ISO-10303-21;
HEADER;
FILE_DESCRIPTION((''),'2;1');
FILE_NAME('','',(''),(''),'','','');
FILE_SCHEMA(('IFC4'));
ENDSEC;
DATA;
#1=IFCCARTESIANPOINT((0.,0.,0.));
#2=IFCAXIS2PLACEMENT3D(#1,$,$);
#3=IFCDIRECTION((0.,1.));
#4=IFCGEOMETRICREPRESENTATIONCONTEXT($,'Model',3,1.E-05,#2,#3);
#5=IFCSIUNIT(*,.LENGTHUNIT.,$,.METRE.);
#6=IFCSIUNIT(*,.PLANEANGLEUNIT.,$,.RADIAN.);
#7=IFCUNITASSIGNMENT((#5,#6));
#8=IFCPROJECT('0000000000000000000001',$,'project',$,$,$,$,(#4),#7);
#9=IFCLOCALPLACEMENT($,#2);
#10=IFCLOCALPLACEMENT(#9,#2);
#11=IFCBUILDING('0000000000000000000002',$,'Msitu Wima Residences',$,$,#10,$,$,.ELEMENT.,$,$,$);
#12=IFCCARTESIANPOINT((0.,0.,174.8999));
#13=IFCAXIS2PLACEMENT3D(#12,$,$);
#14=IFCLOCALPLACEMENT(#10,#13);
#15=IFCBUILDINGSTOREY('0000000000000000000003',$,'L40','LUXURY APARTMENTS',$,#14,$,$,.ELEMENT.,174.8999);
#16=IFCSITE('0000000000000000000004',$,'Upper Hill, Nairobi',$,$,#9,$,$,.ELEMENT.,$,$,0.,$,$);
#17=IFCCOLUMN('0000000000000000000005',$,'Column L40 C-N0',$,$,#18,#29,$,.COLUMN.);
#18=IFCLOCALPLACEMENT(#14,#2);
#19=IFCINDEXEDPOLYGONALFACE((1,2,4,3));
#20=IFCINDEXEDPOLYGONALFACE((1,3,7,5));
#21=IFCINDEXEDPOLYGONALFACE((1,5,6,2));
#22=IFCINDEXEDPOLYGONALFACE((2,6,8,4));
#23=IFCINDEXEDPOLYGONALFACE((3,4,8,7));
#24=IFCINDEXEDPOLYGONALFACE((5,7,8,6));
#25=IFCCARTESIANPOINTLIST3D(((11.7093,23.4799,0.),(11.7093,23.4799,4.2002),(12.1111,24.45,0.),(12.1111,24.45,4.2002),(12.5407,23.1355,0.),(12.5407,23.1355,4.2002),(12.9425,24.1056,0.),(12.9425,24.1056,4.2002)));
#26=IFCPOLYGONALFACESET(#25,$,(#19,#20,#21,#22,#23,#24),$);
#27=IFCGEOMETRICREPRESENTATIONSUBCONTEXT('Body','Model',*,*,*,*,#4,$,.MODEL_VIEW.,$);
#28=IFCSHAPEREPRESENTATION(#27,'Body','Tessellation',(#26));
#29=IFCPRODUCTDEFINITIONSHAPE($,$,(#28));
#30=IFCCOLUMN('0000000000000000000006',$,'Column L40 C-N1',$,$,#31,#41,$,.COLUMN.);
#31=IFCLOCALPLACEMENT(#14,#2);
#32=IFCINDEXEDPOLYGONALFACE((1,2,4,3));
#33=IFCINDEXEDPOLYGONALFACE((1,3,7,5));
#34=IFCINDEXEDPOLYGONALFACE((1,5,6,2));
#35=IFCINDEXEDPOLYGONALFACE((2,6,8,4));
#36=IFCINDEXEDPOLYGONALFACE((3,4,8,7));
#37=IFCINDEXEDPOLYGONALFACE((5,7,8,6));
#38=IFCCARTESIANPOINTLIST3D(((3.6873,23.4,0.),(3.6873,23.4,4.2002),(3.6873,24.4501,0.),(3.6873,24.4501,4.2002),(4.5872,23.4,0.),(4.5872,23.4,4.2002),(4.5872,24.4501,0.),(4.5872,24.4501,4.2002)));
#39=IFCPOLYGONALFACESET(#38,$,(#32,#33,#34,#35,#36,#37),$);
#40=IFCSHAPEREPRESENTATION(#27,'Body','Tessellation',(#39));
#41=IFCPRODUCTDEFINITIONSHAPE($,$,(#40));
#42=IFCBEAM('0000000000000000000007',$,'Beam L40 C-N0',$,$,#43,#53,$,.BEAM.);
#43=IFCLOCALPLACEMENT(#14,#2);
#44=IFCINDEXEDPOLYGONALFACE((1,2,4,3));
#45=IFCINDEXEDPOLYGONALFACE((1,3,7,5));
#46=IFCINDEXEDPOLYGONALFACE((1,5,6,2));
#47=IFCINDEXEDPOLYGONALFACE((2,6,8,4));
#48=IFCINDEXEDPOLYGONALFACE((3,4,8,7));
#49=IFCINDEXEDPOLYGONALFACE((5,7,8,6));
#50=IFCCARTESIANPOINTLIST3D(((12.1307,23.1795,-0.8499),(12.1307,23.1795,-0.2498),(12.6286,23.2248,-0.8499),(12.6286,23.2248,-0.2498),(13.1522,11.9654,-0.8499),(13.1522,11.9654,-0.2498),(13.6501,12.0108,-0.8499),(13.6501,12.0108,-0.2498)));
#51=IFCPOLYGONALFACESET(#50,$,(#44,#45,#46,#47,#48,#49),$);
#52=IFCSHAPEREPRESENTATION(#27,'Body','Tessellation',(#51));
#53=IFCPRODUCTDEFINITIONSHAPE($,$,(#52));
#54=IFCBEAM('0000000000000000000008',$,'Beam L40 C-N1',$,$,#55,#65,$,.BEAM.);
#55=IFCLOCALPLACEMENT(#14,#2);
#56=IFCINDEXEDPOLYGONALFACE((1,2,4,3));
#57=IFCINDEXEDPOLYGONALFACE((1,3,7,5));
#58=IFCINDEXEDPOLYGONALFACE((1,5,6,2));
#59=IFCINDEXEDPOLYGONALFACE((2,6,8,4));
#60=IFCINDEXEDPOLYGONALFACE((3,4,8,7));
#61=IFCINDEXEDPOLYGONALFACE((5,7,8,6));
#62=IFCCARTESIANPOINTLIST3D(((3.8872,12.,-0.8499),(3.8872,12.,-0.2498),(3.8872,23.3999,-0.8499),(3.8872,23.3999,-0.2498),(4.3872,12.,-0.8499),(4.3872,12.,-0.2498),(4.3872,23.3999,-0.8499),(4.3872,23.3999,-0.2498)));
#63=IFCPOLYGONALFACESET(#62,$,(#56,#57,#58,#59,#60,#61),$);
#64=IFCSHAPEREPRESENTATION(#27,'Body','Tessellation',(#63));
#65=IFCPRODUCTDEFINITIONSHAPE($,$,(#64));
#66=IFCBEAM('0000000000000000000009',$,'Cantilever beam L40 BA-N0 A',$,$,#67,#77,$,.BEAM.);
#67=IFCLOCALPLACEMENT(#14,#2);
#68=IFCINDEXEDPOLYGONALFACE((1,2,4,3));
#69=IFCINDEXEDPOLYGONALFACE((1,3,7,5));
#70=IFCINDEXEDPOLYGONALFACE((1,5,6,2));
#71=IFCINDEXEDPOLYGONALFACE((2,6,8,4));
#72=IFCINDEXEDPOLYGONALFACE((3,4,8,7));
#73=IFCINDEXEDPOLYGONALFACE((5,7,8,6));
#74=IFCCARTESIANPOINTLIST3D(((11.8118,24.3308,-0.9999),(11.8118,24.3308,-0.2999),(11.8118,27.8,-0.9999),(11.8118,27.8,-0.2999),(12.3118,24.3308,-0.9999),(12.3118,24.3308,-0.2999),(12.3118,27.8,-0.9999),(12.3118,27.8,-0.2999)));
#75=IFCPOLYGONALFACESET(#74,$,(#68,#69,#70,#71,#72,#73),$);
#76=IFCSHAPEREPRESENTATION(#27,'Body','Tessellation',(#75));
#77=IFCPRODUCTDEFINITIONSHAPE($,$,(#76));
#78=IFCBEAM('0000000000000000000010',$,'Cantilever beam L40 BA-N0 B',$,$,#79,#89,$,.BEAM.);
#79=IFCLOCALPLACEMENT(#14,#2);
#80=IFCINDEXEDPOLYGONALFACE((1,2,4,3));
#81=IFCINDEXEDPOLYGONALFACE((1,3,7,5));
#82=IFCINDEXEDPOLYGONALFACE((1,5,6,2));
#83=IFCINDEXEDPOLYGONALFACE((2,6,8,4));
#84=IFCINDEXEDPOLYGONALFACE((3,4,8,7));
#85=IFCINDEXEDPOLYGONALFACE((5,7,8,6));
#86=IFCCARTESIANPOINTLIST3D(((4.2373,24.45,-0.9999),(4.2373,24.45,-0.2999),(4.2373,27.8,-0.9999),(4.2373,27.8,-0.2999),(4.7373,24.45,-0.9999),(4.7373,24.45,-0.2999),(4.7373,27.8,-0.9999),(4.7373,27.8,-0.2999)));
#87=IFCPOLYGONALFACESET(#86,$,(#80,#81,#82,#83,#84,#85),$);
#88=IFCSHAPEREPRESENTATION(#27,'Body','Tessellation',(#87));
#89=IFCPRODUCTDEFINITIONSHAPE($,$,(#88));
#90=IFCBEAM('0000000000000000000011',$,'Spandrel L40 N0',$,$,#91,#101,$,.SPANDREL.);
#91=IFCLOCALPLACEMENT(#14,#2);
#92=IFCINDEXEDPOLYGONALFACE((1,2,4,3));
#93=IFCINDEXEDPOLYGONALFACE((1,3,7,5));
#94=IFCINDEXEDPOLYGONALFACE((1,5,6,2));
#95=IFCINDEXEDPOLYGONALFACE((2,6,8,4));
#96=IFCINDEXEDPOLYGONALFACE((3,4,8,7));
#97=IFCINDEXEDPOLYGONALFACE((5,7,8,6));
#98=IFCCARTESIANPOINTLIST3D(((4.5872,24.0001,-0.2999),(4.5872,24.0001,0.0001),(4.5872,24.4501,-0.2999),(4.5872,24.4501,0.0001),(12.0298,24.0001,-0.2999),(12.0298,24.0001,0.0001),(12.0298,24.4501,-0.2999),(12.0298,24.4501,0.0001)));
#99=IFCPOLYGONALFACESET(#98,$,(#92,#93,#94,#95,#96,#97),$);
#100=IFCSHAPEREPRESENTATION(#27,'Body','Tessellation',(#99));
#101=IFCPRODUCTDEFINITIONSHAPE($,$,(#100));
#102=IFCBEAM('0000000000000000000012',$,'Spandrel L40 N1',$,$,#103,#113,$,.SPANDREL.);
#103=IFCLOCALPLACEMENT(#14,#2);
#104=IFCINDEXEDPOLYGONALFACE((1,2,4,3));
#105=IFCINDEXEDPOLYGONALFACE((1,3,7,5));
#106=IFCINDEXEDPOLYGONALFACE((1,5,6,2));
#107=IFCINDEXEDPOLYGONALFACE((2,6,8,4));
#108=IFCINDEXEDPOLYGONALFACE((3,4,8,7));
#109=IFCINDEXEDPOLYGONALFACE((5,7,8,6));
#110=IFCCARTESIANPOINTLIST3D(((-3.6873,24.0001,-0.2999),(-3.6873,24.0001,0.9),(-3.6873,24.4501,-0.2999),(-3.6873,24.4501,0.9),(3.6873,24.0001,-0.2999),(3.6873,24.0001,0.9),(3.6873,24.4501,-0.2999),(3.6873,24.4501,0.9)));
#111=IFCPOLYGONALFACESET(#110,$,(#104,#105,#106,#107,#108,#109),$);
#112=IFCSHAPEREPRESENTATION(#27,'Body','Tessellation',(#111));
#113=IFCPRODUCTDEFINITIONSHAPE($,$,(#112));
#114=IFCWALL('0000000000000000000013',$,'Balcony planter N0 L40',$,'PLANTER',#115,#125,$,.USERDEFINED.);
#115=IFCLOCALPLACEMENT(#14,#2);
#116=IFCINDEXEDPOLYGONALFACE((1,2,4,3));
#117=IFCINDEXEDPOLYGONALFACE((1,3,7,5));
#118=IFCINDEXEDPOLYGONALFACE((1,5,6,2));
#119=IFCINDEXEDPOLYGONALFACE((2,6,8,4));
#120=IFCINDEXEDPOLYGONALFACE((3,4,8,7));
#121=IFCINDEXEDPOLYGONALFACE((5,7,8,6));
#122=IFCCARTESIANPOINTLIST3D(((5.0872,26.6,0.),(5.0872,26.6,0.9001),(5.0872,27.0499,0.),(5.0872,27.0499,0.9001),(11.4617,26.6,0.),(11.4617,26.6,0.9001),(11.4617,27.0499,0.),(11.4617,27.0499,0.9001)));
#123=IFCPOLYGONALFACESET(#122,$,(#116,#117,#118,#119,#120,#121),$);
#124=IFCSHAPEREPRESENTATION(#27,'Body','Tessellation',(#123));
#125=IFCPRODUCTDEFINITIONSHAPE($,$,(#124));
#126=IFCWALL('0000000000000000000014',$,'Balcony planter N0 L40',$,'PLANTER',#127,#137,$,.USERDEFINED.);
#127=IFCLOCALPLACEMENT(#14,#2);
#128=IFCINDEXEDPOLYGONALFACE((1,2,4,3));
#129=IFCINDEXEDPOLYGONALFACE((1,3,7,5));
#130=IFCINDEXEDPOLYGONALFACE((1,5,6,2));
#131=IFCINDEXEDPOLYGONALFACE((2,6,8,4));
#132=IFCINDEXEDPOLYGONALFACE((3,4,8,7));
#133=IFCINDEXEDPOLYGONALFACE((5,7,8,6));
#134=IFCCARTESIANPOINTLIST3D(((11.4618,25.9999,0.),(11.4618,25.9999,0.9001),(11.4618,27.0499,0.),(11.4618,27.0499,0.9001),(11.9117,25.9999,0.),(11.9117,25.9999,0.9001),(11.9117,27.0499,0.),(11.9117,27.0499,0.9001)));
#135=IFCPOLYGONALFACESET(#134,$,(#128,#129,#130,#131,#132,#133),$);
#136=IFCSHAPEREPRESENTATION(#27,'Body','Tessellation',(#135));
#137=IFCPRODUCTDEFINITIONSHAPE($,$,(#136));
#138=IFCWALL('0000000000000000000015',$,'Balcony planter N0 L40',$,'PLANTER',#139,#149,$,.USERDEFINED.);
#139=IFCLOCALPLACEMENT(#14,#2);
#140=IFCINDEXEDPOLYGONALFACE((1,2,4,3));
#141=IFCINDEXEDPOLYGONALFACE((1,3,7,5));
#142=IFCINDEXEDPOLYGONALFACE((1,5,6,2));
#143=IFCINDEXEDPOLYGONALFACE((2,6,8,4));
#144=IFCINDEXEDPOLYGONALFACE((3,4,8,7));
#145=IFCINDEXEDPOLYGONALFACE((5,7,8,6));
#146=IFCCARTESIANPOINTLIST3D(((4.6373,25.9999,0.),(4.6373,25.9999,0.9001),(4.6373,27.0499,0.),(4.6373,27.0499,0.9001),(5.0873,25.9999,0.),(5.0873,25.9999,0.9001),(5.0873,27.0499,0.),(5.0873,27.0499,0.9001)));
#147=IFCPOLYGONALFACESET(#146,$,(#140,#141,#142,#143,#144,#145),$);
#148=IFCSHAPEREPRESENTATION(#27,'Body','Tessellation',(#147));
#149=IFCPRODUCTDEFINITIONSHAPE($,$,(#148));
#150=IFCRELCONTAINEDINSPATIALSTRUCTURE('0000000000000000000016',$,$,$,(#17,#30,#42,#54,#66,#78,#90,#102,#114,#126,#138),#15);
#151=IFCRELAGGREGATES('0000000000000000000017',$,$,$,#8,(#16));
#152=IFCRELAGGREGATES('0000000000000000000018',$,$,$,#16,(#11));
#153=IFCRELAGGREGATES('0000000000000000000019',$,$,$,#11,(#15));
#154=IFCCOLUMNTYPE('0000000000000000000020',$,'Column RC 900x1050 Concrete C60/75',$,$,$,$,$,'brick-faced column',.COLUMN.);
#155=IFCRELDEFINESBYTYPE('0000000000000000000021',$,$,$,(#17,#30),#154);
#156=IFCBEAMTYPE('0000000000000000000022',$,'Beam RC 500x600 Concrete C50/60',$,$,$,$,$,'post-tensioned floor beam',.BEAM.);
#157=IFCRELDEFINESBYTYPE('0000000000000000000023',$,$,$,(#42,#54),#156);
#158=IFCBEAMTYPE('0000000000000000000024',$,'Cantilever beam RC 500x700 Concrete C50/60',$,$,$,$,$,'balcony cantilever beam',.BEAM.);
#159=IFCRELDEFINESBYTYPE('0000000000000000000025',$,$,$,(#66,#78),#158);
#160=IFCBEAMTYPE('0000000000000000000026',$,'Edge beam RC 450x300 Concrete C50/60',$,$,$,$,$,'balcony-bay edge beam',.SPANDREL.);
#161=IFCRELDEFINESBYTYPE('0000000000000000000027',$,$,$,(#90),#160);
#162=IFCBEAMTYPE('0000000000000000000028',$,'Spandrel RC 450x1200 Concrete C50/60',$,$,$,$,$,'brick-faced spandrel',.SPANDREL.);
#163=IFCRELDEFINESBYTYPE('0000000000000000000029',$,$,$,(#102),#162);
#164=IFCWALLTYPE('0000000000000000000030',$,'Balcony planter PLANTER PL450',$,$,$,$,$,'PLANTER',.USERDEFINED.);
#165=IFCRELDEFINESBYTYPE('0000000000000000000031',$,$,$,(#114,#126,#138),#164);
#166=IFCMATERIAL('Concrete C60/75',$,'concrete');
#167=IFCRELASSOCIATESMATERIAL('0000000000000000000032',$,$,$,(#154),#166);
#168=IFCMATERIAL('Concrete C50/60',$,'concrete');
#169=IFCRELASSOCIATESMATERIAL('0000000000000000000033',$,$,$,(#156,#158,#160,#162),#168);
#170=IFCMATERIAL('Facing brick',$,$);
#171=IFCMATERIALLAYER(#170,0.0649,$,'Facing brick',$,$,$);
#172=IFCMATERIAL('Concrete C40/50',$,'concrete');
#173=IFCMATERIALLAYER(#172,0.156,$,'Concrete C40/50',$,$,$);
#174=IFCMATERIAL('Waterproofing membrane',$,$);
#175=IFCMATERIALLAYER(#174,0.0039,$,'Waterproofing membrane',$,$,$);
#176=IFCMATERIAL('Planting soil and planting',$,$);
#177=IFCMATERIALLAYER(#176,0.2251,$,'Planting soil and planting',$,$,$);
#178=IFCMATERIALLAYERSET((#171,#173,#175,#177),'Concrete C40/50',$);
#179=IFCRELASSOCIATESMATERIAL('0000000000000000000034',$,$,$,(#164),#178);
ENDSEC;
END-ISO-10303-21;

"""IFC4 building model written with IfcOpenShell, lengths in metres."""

from ifc_helpers import new_model, si_unit, direction, frame, frame_2d, origin, origin_2d, place, context, subcontext, project, spatial, rectangle, extrude, material, layer, layer_set, material_profile, profile_set, type_object, element, save


model = new_model("IFC4")

# Units and contexts
model_context = context("Model", 3, precision=1e-05, world=origin(), true_north=direction((0.0, 1.0)))
body_context = subcontext(model_context, "Body", "Model", "MODEL_VIEW")
ifc_project = project(units=[si_unit("LENGTHUNIT", "METRE"), si_unit("PLANEANGLEUNIT", "RADIAN")], contexts=[model_context])

# Site, building, storey
site_placement = place(None, origin())
site = spatial("IfcSite", under=ifc_project, at=site_placement, Name="Upper Hill, Nairobi", CompositionType="ELEMENT", RefElevation=0.0)
building_placement = place(site_placement, origin())
building = spatial("IfcBuilding", under=site, at=building_placement, Name="Msitu Wima Residences", CompositionType="ELEMENT")
storey_placement = place(building_placement, frame((0.0, 0.0, 174.8999)))
storey = spatial("IfcBuildingStorey", under=building, at=storey_placement, Name="L40", Description="LUXURY APARTMENTS", CompositionType="ELEMENT", Elevation=174.8999)

# Columns
ifc_material_1 = material(Name="Concrete C60/75", Category="concrete")
ifc_material_profile_1 = material_profile(ifc_material_1, rectangle(XDim=0.8999, YDim=1.05, at=origin_2d()), Name="RC 900x1050")
ifc_profile_set_1 = profile_set([ifc_material_profile_1], Name="Concrete C60/75")
column_type = type_object("IfcColumnType", Name="Column RC 900x1050 Concrete C60/75", ElementType="brick-faced column", PredefinedType="COLUMN", material=ifc_profile_set_1)
for number, where, z_axis, x_axis, name in (
    (1, (12.3259, 23.7927, 0.0), (0.0, 0.0, 1.0), (-0.92388, 0.382683, 0.0), "Column L40 C-N0"),
    (2, (4.1372, 23.925, 0.0), (0.0, 0.0, 1.0), (-1.0, 0.0, 0.0), "Column L40 C-N1"),
):
    element("IfcColumn", number, at=place(storey_placement, frame(where, z_axis=z_axis, x_axis=x_axis)), inside=storey, type_object=column_type, Name=name, PredefinedType="COLUMN", context=body_context, shape_type="SweptSolid", body=[
        extrude(rectangle(XDim=0.8999, YDim=1.05, at=origin_2d()), origin(), (0.0, 0.0, 1.0), 4.2002),
    ])

# Beams
ifc_material_2 = material(Name="Concrete C50/60", Category="concrete")
ifc_material_profile_2 = material_profile(ifc_material_2, rectangle(XDim=0.5, YDim=0.6001, at=origin_2d()), Name="RC 500x600")
ifc_profile_set_2 = profile_set([ifc_material_profile_2], Name="Concrete C50/60")
beam_type_1 = type_object("IfcBeamType", Name="Beam RC 500x600 Concrete C50/60", ElementType="post-tensioned floor beam", PredefinedType="BEAM", material=ifc_profile_set_2)
beam_1_placement = place(storey_placement, frame((12.3796, 23.2021, -0.5498), z_axis=(0.090714, -0.995877, 0.0), x_axis=(0.995877, 0.090714, 0.0)))
element("IfcBeam", 3, at=beam_1_placement, inside=storey, type_object=beam_type_1, Name="Beam L40 C-N0", PredefinedType="BEAM", context=body_context, shape_type="SweptSolid", body=[
    extrude(rectangle(XDim=0.5, YDim=0.6001, at=origin_2d()), origin(), (0.0, 0.0, 1.0), 11.2605),
])
beam_2_placement = place(storey_placement, frame((4.1372, 23.3999, -0.5498), z_axis=(0.0, -1.0, 0.0), x_axis=(1.0, 0.0, 0.0)))
element("IfcBeam", 4, at=beam_2_placement, inside=storey, type_object=beam_type_1, Name="Beam L40 C-N1", PredefinedType="BEAM", context=body_context, shape_type="SweptSolid", body=[
    extrude(rectangle(XDim=0.5, YDim=0.6001, at=origin_2d()), origin(), (0.0, 0.0, 1.0), 11.3999),
])
ifc_material_profile_3 = material_profile(ifc_material_2, rectangle(XDim=0.5, YDim=0.7, at=origin_2d()), Name="RC 500x700")
ifc_profile_set_3 = profile_set([ifc_material_profile_3], Name="Concrete C50/60")
beam_type_2 = type_object("IfcBeamType", Name="Cantilever beam RC 500x700 Concrete C50/60", ElementType="balcony cantilever beam", PredefinedType="BEAM", material=ifc_profile_set_3)
beam_3_placement = place(storey_placement, frame((12.0618, 24.3308, -0.6499), z_axis=(0.0, 1.0, 0.0), x_axis=(-1.0, 0.0, 0.0)))
element("IfcBeam", 5, at=beam_3_placement, inside=storey, type_object=beam_type_2, Name="Cantilever beam L40 BA-N0 A", PredefinedType="BEAM", context=body_context, shape_type="SweptSolid", body=[
    extrude(rectangle(XDim=0.5, YDim=0.7, at=origin_2d()), origin(), (0.0, 0.0, 1.0), 3.4692),
])
beam_4_placement = place(storey_placement, frame((4.4873, 24.45, -0.6499), z_axis=(0.0, 1.0, 0.0), x_axis=(-1.0, 0.0, 0.0)))
element("IfcBeam", 6, at=beam_4_placement, inside=storey, type_object=beam_type_2, Name="Cantilever beam L40 BA-N0 B", PredefinedType="BEAM", context=body_context, shape_type="SweptSolid", body=[
    extrude(rectangle(XDim=0.5, YDim=0.7, at=origin_2d()), origin(), (0.0, 0.0, 1.0), 3.3501),
])
ifc_material_profile_4 = material_profile(ifc_material_2, rectangle(XDim=0.45, YDim=0.3, at=origin_2d()), Name="RC 450x300")
ifc_profile_set_4 = profile_set([ifc_material_profile_4], Name="Concrete C50/60")
beam_type_3 = type_object("IfcBeamType", Name="Edge beam RC 450x300 Concrete C50/60", ElementType="balcony-bay edge beam", PredefinedType="SPANDREL", material=ifc_profile_set_4)
beam_5_placement = place(storey_placement, frame((12.0298, 24.2251, -0.1499), z_axis=(-1.0, 0.0, 0.0), x_axis=(0.0, -1.0, 0.0)))
element("IfcBeam", 7, at=beam_5_placement, inside=storey, type_object=beam_type_3, Name="Spandrel L40 N0", PredefinedType="SPANDREL", context=body_context, shape_type="SweptSolid", body=[
    extrude(rectangle(XDim=0.45, YDim=0.3, at=origin_2d()), origin(), (0.0, 0.0, 1.0), 7.4426),
])
ifc_material_profile_5 = material_profile(ifc_material_2, rectangle(XDim=0.45, YDim=1.2, at=origin_2d()), Name="RC 450x1200")
ifc_profile_set_5 = profile_set([ifc_material_profile_5], Name="Concrete C50/60")
beam_type_4 = type_object("IfcBeamType", Name="Spandrel RC 450x1200 Concrete C50/60", ElementType="brick-faced spandrel", PredefinedType="SPANDREL", material=ifc_profile_set_5)
beam_6_placement = place(storey_placement, frame((3.6873, 24.2251, 0.3), z_axis=(-1.0, 0.0, 0.0), x_axis=(0.0, -1.0, 0.0)))
element("IfcBeam", 8, at=beam_6_placement, inside=storey, type_object=beam_type_4, Name="Spandrel L40 N1", PredefinedType="SPANDREL", context=body_context, shape_type="SweptSolid", body=[
    extrude(rectangle(XDim=0.45, YDim=1.2, at=origin_2d()), origin(), (0.0, 0.0, 1.0), 7.3745),
])

# Walls
ifc_material_3 = material(Name="Facing brick")
ifc_layer_1 = layer(ifc_material_3, 0.0649, Name="Facing brick")
ifc_material_4 = material(Name="Concrete C40/50", Category="concrete")
ifc_layer_2 = layer(ifc_material_4, 0.156, Name="Concrete C40/50")
ifc_material_5 = material(Name="Waterproofing membrane")
ifc_layer_3 = layer(ifc_material_5, 0.0039, Name="Waterproofing membrane")
ifc_material_6 = material(Name="Planting soil and planting")
ifc_layer_4 = layer(ifc_material_6, 0.2251, Name="Planting soil and planting")
ifc_layer_set_1 = layer_set([ifc_layer_1, ifc_layer_2, ifc_layer_3, ifc_layer_4], Name="Concrete C40/50")
wall_type_1 = type_object("IfcWallType", Name="Balcony planter PLANTER PL450", ElementType="PLANTER", PredefinedType="USERDEFINED", material=ifc_layer_set_1)
wall_1_placement = place(storey_placement, frame((11.4617, 26.825, 0.0), z_axis=(0.0, 0.0, 1.0), x_axis=(-1.0, 0.0, 0.0)))
element("IfcWall", 9, at=wall_1_placement, inside=storey, type_object=wall_type_1, Name="Balcony planter N0 L40", ObjectType="PLANTER", PredefinedType="USERDEFINED", context=body_context, shape_type="SweptSolid", body=[
    extrude(rectangle(XDim=6.3745, YDim=0.45, at=frame_2d((3.1873, 0.0))), origin(), (0.0, 0.0, 1.0), 0.9001),
])
for number, where, z_axis, x_axis, name in (
    (10, (11.6868, 26.0, 0.0), (0.0, 0.0, 1.0), (0.0, 1.0, 0.0), "Balcony planter N0 L40"),
    (11, (4.8623, 26.0, 0.0), (0.0, 0.0, 1.0), (0.0, 1.0, 0.0), "Balcony planter N0 L40"),
):
    element("IfcWall", number, at=place(storey_placement, frame(where, z_axis=z_axis, x_axis=x_axis)), inside=storey, type_object=wall_type_1, Name=name, ObjectType="PLANTER", PredefinedType="USERDEFINED", context=body_context, shape_type="SweptSolid", body=[
        extrude(rectangle(XDim=1.05, YDim=0.45, at=frame_2d((0.5249, 0.0))), origin(), (0.0, 0.0, 1.0), 0.9001),
    ])

save(model, "model.ifc")
